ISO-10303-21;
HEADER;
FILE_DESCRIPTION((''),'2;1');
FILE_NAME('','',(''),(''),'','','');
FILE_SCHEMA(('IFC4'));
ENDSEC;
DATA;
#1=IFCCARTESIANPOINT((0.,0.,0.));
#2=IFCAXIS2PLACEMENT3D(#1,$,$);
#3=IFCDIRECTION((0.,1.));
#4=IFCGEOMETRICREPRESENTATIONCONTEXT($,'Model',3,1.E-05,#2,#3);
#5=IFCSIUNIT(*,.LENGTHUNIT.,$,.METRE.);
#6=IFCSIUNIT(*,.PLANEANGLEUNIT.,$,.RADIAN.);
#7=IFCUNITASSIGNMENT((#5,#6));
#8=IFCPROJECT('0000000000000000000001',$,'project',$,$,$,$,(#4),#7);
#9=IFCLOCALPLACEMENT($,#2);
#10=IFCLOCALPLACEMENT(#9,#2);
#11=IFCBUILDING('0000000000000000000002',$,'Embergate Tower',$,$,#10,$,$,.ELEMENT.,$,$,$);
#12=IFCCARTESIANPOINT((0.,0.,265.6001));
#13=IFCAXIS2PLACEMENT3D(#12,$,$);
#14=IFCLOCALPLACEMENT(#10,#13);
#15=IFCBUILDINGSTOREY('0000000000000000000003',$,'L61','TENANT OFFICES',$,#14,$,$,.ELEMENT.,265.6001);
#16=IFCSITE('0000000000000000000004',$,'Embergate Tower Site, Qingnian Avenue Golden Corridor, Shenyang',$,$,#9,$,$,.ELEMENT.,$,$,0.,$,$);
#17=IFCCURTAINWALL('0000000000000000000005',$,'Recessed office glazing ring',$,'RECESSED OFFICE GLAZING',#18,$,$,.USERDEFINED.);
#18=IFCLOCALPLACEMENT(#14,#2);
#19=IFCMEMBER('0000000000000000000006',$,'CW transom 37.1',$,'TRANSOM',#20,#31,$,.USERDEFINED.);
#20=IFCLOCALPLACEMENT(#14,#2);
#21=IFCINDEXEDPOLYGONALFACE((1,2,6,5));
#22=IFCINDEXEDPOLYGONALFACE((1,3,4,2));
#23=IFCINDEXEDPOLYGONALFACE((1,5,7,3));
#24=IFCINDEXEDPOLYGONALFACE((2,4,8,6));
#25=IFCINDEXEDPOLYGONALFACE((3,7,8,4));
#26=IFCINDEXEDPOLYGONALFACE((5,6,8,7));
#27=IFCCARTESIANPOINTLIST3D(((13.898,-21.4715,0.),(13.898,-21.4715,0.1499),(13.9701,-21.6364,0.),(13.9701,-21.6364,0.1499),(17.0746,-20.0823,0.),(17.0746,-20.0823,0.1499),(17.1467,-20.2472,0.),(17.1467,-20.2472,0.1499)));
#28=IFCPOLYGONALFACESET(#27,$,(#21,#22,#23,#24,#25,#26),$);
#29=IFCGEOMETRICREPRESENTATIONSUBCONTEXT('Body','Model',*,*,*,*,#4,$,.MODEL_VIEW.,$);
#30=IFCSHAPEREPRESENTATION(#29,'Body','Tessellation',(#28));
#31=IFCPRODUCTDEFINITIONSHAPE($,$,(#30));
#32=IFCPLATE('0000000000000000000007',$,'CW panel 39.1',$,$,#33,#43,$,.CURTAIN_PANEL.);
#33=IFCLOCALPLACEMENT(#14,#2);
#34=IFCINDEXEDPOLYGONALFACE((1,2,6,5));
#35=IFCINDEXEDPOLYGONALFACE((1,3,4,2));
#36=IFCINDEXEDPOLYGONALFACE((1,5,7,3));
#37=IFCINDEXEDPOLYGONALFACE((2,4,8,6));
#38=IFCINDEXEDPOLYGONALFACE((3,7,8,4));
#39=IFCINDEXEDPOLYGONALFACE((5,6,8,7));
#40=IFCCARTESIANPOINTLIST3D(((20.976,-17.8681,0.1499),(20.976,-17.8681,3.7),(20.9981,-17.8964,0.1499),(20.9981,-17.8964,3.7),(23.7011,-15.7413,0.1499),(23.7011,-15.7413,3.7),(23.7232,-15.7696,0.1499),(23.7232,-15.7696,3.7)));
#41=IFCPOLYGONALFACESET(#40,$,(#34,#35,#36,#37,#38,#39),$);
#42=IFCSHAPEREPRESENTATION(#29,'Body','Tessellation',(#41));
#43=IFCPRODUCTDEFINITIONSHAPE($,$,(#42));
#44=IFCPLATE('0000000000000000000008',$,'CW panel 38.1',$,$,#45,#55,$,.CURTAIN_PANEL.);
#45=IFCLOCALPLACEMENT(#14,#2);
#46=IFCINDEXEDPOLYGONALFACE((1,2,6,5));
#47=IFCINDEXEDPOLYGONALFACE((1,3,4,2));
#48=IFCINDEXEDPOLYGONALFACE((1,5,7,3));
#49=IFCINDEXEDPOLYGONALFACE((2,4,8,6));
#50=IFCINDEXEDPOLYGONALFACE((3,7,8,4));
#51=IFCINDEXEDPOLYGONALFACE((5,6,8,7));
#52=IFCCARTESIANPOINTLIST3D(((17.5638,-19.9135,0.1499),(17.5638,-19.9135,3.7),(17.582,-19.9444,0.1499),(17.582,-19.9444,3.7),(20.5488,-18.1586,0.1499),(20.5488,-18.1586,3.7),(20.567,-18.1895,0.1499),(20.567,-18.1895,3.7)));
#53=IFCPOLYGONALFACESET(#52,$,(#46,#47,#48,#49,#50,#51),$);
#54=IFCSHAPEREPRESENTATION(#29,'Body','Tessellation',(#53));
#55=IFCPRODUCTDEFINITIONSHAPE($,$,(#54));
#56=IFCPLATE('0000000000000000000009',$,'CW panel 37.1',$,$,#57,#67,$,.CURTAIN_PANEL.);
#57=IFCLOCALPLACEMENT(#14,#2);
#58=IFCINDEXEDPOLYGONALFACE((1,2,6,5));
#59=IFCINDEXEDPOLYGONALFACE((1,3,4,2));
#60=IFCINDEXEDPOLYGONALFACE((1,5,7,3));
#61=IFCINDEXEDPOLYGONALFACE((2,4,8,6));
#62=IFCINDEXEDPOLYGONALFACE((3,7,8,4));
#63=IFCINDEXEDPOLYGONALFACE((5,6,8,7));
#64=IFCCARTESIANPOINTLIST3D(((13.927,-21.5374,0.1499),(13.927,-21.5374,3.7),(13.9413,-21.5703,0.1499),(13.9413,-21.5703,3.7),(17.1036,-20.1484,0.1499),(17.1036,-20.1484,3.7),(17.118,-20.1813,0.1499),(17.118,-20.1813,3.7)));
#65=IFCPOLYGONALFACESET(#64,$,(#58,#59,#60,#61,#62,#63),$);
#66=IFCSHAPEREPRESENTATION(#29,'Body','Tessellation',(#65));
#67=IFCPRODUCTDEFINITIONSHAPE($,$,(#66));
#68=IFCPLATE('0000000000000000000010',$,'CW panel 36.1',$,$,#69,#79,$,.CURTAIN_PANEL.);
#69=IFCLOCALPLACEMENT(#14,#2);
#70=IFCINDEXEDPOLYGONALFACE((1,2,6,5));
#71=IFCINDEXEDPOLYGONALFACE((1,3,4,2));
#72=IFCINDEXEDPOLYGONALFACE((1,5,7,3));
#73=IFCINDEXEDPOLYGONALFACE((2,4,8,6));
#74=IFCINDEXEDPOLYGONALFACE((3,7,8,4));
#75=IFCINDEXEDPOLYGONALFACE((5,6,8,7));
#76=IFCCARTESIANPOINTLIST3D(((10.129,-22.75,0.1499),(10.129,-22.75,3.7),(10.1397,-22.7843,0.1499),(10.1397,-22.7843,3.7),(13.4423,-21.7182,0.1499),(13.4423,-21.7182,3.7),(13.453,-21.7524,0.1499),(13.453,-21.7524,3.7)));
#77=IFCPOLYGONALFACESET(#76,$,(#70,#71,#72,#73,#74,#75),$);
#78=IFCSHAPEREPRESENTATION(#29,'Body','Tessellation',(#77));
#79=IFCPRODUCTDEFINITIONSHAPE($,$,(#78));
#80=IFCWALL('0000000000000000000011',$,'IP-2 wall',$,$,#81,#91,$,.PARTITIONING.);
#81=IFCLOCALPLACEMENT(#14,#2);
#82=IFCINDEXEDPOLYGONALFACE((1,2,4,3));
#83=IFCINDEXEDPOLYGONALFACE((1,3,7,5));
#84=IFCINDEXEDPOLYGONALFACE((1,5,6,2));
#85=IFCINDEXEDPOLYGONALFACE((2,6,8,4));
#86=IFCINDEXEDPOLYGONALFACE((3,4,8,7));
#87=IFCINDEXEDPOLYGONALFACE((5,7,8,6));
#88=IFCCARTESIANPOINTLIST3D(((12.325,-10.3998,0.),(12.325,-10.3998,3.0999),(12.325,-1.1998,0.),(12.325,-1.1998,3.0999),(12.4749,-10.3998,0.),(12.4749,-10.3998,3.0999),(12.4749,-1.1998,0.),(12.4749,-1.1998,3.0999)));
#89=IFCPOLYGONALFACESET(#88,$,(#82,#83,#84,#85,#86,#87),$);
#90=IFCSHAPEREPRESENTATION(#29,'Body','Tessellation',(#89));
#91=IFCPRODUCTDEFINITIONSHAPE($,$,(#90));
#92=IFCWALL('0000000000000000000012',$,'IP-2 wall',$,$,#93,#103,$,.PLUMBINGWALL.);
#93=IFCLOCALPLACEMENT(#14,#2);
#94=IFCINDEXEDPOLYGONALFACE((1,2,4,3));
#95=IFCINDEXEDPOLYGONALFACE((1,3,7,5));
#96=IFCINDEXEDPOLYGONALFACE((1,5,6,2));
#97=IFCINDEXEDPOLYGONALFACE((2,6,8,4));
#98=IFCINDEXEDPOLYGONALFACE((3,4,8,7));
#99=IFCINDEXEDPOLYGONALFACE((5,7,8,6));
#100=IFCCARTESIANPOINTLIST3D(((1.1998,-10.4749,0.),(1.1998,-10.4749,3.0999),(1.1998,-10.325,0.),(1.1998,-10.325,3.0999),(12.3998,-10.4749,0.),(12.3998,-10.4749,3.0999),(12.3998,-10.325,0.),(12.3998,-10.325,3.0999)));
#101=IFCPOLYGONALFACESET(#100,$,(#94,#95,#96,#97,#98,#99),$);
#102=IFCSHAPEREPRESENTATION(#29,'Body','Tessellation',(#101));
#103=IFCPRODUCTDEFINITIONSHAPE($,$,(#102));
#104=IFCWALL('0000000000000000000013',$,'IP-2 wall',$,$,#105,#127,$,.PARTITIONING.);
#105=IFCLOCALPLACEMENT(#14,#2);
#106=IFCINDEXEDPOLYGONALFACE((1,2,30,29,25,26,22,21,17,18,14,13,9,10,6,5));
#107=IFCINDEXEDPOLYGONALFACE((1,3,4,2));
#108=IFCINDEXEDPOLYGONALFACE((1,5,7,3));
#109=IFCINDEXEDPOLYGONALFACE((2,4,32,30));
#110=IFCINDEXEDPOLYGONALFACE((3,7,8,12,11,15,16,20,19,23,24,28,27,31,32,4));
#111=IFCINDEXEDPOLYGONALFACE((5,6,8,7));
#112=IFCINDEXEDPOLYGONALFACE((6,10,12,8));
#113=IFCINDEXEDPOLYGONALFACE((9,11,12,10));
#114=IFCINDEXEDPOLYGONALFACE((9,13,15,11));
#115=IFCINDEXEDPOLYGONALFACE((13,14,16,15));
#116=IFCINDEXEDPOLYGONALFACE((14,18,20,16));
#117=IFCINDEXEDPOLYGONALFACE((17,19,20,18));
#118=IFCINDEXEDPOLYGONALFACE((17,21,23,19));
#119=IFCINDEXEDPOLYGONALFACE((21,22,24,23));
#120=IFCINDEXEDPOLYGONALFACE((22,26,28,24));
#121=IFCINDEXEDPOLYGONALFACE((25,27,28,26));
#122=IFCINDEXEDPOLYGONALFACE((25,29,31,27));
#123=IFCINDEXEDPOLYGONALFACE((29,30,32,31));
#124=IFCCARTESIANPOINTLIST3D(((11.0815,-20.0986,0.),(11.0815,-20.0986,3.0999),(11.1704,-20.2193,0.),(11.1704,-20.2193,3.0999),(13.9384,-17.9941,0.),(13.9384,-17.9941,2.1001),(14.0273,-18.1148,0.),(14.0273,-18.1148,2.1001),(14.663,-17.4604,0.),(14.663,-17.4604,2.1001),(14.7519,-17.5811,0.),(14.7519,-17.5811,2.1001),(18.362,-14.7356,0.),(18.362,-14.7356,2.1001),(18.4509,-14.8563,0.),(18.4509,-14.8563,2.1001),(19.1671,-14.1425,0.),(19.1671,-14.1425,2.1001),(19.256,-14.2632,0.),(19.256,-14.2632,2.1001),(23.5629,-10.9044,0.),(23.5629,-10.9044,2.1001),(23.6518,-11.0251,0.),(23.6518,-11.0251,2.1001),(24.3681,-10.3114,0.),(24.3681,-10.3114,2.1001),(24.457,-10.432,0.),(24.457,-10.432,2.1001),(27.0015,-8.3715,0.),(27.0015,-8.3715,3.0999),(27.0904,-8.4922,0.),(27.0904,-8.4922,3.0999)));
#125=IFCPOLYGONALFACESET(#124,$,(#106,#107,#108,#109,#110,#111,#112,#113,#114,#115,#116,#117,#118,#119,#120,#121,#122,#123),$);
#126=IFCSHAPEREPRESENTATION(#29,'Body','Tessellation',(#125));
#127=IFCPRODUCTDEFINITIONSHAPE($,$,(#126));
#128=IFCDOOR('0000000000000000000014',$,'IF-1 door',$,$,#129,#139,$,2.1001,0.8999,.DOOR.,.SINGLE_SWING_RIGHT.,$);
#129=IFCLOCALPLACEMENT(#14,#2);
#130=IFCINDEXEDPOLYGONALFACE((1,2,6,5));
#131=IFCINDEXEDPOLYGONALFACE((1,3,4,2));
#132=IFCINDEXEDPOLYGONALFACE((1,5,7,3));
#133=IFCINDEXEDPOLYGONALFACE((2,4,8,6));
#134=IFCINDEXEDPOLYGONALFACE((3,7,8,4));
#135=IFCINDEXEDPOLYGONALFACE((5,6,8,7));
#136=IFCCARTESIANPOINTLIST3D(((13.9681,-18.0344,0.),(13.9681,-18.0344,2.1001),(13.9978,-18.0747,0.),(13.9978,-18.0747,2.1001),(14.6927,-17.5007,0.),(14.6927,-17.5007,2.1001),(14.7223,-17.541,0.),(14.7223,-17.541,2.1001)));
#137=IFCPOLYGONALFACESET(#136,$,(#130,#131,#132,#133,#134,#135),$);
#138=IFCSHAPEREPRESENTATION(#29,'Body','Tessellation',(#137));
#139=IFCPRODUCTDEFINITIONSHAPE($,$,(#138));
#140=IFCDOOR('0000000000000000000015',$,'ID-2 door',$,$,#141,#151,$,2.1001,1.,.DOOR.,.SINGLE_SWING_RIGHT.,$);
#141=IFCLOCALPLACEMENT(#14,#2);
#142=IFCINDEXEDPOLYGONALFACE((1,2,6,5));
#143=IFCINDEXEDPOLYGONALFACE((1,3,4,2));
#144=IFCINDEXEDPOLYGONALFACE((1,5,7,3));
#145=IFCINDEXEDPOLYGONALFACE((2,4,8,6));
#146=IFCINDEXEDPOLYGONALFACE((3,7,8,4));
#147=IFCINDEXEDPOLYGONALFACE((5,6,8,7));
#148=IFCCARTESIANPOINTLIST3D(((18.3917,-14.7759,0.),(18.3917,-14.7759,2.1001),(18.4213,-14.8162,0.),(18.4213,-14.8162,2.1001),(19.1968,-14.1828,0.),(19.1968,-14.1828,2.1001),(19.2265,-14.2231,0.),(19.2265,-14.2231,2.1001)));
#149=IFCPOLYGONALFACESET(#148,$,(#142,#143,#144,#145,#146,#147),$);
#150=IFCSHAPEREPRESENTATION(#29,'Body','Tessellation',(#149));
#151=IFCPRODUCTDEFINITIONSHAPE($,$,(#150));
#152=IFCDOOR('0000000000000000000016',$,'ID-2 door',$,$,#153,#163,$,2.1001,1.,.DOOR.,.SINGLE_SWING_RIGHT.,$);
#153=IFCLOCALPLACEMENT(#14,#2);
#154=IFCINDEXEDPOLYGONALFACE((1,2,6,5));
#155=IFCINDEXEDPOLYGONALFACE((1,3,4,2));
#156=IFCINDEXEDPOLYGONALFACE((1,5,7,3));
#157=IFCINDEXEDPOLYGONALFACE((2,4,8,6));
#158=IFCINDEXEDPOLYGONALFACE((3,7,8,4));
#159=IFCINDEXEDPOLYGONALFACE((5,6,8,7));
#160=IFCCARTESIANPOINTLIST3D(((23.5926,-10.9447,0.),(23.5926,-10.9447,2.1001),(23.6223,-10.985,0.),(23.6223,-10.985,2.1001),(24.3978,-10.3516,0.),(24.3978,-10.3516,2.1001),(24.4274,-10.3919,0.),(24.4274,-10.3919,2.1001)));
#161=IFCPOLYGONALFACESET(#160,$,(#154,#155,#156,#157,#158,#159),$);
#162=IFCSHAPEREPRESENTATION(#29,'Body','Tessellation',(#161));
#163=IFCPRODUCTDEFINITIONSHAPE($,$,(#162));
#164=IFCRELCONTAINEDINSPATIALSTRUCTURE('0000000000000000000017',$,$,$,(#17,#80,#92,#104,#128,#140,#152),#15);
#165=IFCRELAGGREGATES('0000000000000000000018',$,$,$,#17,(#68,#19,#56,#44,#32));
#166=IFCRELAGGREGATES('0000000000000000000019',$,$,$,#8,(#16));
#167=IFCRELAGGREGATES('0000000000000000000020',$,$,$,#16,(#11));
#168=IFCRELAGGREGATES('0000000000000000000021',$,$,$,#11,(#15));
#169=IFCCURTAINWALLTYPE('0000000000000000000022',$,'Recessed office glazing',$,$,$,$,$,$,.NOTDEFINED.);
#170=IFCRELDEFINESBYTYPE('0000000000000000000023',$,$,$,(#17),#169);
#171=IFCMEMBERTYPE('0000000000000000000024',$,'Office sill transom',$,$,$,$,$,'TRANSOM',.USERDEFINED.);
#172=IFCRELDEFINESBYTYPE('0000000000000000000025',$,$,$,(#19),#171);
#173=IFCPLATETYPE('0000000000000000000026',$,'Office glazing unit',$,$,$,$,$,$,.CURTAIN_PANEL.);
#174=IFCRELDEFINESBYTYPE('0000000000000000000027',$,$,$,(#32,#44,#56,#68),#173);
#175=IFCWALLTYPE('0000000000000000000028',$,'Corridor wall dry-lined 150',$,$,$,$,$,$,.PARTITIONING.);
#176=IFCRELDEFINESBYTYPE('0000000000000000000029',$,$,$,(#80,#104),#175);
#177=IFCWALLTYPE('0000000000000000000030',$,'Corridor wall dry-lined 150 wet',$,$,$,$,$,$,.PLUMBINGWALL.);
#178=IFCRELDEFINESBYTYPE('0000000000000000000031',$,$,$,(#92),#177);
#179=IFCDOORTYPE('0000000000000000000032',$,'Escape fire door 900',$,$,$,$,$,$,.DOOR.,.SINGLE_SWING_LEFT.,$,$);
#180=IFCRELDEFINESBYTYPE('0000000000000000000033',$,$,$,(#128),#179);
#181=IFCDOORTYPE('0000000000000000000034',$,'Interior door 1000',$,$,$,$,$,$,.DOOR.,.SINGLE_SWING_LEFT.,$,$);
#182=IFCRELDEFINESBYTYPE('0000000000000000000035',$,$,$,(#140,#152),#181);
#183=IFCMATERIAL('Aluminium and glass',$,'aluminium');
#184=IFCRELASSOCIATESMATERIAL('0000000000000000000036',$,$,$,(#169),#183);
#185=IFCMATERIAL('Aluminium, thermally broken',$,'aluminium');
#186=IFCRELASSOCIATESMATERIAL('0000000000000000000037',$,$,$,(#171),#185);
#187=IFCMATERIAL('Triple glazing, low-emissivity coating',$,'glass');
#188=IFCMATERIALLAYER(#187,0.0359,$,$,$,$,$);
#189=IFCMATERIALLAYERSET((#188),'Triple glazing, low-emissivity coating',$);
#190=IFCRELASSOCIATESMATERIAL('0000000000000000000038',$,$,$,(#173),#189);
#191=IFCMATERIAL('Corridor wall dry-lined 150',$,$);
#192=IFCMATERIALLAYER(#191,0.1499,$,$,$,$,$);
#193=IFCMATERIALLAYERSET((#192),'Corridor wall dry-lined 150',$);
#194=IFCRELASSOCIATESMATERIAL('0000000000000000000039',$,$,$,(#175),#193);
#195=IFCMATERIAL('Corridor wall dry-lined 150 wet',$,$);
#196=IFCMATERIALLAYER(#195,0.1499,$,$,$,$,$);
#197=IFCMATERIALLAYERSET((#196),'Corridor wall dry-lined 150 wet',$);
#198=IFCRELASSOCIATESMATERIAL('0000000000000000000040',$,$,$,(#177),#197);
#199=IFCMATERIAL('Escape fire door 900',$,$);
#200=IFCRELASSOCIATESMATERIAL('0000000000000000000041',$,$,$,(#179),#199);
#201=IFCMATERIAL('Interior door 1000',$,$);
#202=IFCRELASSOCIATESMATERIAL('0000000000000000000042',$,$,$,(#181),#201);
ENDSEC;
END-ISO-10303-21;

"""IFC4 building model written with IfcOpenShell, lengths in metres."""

from ifc_helpers import new_model, si_unit, direction, frame, frame_2d, origin, origin_2d, place, context, subcontext, project, spatial, rectangle, extrude, source, transform, mapped, material, layer, layer_set, material_profile, profile_set, type_object, element, fill, aggregate, save


model = new_model("IFC4")

# Units and contexts
model_context = context("Model", 3, precision=1e-05, world=origin(), true_north=direction((0.0, 1.0)))
body_context = subcontext(model_context, "Body", "Model", "MODEL_VIEW")
ifc_project = project(units=[si_unit("LENGTHUNIT", "METRE"), si_unit("PLANEANGLEUNIT", "RADIAN")], contexts=[model_context])

# Site, building, storey
site_placement = place(None, origin())
site = spatial("IfcSite", under=ifc_project, at=site_placement, Name="Embergate Tower Site, Qingnian Avenue Golden Corridor, Shenyang", CompositionType="ELEMENT", RefElevation=0.0)
building_placement = place(site_placement, origin())
building = spatial("IfcBuilding", under=site, at=building_placement, Name="Embergate Tower", CompositionType="ELEMENT")
storey_placement = place(building_placement, frame((0.0, 0.0, 265.6001)))
storey = spatial("IfcBuildingStorey", under=building, at=storey_placement, Name="L61", Description="TENANT OFFICES", CompositionType="ELEMENT", Elevation=265.6001)

# Curtain wall, member, plates
ifc_material_1 = material(Name="Aluminium and glass", Category="aluminium")
curtain_wall_type = type_object("IfcCurtainWallType", Name="Recessed office glazing", PredefinedType="NOTDEFINED", material=ifc_material_1)
curtain_wall_placement = place(storey_placement, origin())
curtain_wall = element("IfcCurtainWall", 1, at=curtain_wall_placement, inside=storey, type_object=curtain_wall_type, Name="Recessed office glazing ring", ObjectType="RECESSED OFFICE GLAZING", PredefinedType="USERDEFINED")
ifc_material_2 = material(Name="Aluminium, thermally broken", Category="aluminium")
ifc_material_profile_1 = material_profile(ifc_material_2, rectangle(XDim=0.1799, YDim=0.1499, at=origin_2d()), Name="AL 150x180")
ifc_profile_set_1 = profile_set([ifc_material_profile_1], Name="Aluminium, thermally broken")
member_type_1 = type_object("IfcMemberType", Name="Office sill transom", ElementType="TRANSOM", PredefinedType="USERDEFINED", material=ifc_profile_set_1)
shared_shape_1 = source(origin(), body_context, "Body", "SweptSolid", [
    extrude(rectangle(XDim=0.1799, YDim=0.1499, at=origin_2d()), origin(), (0.0, 0.0, 1.0), 3.467),
])
member_1_placement = place(storey_placement, frame((13.9341, -21.554, 0.075), z_axis=(0.916217, 0.400682, 0.0), x_axis=(-0.400682, 0.916217, 0.0)))
member_1 = element("IfcMember", 2, at=member_1_placement, type_object=member_type_1, Name="CW transom 37.1", ObjectType="TRANSOM", PredefinedType="USERDEFINED", context=body_context, shape_type="MappedRepresentation", body=[
    mapped(shared_shape_1, transform((0.0, 0.0, 0.0))),
])
ifc_material_3 = material(Name="Triple glazing, low-emissivity coating", Category="glass")
ifc_layer_1 = layer(ifc_material_3, 0.0359)
ifc_layer_set_1 = layer_set([ifc_layer_1], Name="Triple glazing, low-emissivity coating")
plate_type = type_object("IfcPlateType", Name="Office glazing unit", PredefinedType="CURTAIN_PANEL", material=ifc_layer_set_1)
shared_shape_2 = source(origin(), body_context, "Body", "SweptSolid", [
    extrude(rectangle(XDim=3.4568, YDim=0.0359, at=origin_2d()), origin(), (0.0, 0.0, 1.0), 3.55),
])
plate_1_placement = place(storey_placement, frame((22.3496, -16.8188, 0.1499), z_axis=(0.0, 0.0, 1.0), x_axis=(0.788323, 0.615261, 0.0)))
plate_1 = element("IfcPlate", 3, at=plate_1_placement, type_object=plate_type, Name="CW panel 39.1", PredefinedType="CURTAIN_PANEL", context=body_context, shape_type="MappedRepresentation", body=[
    mapped(shared_shape_2, transform((0.0, 0.0, 0.0))),
])
shared_shape_3 = source(origin(), body_context, "Body", "SweptSolid", [
    extrude(rectangle(XDim=3.4626, YDim=0.0359, at=origin_2d()), origin(), (0.0, 0.0, 1.0), 3.55),
])
plate_2_placement = place(storey_placement, frame((19.0654, -19.0515, 0.1499), z_axis=(0.0, 0.0, 1.0), x_axis=(0.862055, 0.506815, 0.0)))
plate_2 = element("IfcPlate", 4, at=plate_2_placement, type_object=plate_type, Name="CW panel 38.1", PredefinedType="CURTAIN_PANEL", context=body_context, shape_type="MappedRepresentation", body=[
    mapped(shared_shape_3, transform((0.0, 0.0, 0.0))),
])
shared_shape_4 = source(origin(), body_context, "Body", "SweptSolid", [
    extrude(rectangle(XDim=3.467, YDim=0.0359, at=origin_2d()), origin(), (0.0, 0.0, 1.0), 3.55),
])
plate_3_placement = place(storey_placement, frame((15.5225, -20.8594, 0.1499), z_axis=(0.0, 0.0, 1.0), x_axis=(0.916238, 0.400635, 0.0)))
plate_3 = element("IfcPlate", 5, at=plate_3_placement, type_object=plate_type, Name="CW panel 37.1", PredefinedType="CURTAIN_PANEL", context=body_context, shape_type="MappedRepresentation", body=[
    mapped(shared_shape_4, transform((0.0, 0.0, 0.0))),
])
shared_shape_5 = source(origin(), body_context, "Body", "SweptSolid", [
    extrude(rectangle(XDim=3.4702, YDim=0.0359, at=origin_2d()), origin(), (0.0, 0.0, 1.0), 3.55),
])
plate_4_placement = place(storey_placement, frame((11.791, -22.2512, 0.1499), z_axis=(0.0, 0.0, 1.0), x_axis=(0.954773, 0.297337, 0.0)))
plate_4 = element("IfcPlate", 6, at=plate_4_placement, type_object=plate_type, Name="CW panel 36.1", PredefinedType="CURTAIN_PANEL", context=body_context, shape_type="MappedRepresentation", body=[
    mapped(shared_shape_5, transform((0.0, 0.0, 0.0))),
])
aggregate(curtain_wall, [plate_4, member_1, plate_3, plate_2, plate_1])

# Walls
ifc_material_4 = material(Name="Corridor wall dry-lined 150")
ifc_layer_2 = layer(ifc_material_4, 0.1499)
ifc_layer_set_2 = layer_set([ifc_layer_2], Name="Corridor wall dry-lined 150")
wall_type_1 = type_object("IfcWallType", Name="Corridor wall dry-lined 150", PredefinedType="PARTITIONING", material=ifc_layer_set_2)
shared_shape_6 = source(origin(), body_context, "Body", "SweptSolid", [
    extrude(rectangle(XDim=9.2, YDim=0.1499, at=frame_2d((4.6001, 0.0))), origin(), (0.0, 0.0, 1.0), 3.0999),
])
wall_1_placement = place(storey_placement, frame((12.3999, -10.3999, 0.0), z_axis=(0.0, 0.0, 1.0), x_axis=(0.0, 1.0, 0.0)))
element("IfcWall", 7, at=wall_1_placement, inside=storey, type_object=wall_type_1, Name="IP-2 wall", PredefinedType="PARTITIONING", context=body_context, shape_type="MappedRepresentation", body=[
    mapped(shared_shape_6, transform((0.0, 0.0, 0.0))),
])
ifc_material_5 = material(Name="Corridor wall dry-lined 150 wet")
ifc_layer_3 = layer(ifc_material_5, 0.1499)
ifc_layer_set_3 = layer_set([ifc_layer_3], Name="Corridor wall dry-lined 150 wet")
wall_type_2 = type_object("IfcWallType", Name="Corridor wall dry-lined 150 wet", PredefinedType="PLUMBINGWALL", material=ifc_layer_set_3)
shared_shape_7 = source(origin(), body_context, "Body", "SweptSolid", [
    extrude(rectangle(XDim=11.2, YDim=0.1499, at=frame_2d((5.6001, 0.0))), origin(), (0.0, 0.0, 1.0), 3.0999),
])
wall_2_placement = place(storey_placement, frame((12.3999, -10.3999, 0.0), z_axis=(0.0, 0.0, 1.0), x_axis=(-1.0, 0.0, 0.0)))
element("IfcWall", 8, at=wall_2_placement, inside=storey, type_object=wall_type_2, Name="IP-2 wall", PredefinedType="PLUMBINGWALL", context=body_context, shape_type="MappedRepresentation", body=[
    mapped(shared_shape_7, transform((0.0, 0.0, 0.0))),
])

# Wall, openings, doors
shared_shape_8 = source(origin(), body_context, "Body", "SweptSolid", [
    extrude(rectangle(XDim=19.7729, YDim=0.1499, at=frame_2d((9.8865, 0.0))), origin(), (0.0, 0.0, 1.0), 3.0999),
])
wall_3_placement = place(storey_placement, frame((11.126, -20.1589, 0.0), z_axis=(0.0, 0.0, 1.0), x_axis=(0.805138, 0.593087, 0.0)))
wall_3 = element("IfcWall", 9, at=wall_3_placement, inside=storey, type_object=wall_type_1, Name="IP-2 wall", PredefinedType="PARTITIONING", context=body_context, shape_type="MappedRepresentation", body=[
    mapped(shared_shape_8, transform((0.0, 0.0, 0.0))),
])
shared_shape_9 = source(origin(), body_context, "Body", "SweptSolid", [
    extrude(rectangle(XDim=0.8999, YDim=2.1001, at=frame_2d((0.45, 1.05))), frame((0.0, 0.085, 0.0), z_axis=(0.0, -1.0, 0.0), x_axis=(1.0, 0.0, 0.0)), (0.0, 0.0, 1.0), 0.1699),
])
opening_1_placement = place(wall_3_placement, frame((3.5483, 0.0, 0.0)))
opening_1 = element("IfcOpeningElement", 10, at=opening_1_placement, cuts=wall_3, PredefinedType="OPENING", context=body_context, shape_type="MappedRepresentation", body=[
    mapped(shared_shape_9, transform((0.0, 0.0, 0.0))),
])
shared_shape_10 = source(origin(), body_context, "Body", "SweptSolid", [
    extrude(rectangle(XDim=1.0, YDim=2.1001, at=frame_2d((0.5, 1.05))), frame((0.0, 0.085, 0.0), z_axis=(0.0, -1.0, 0.0), x_axis=(1.0, 0.0, 0.0)), (0.0, 0.0, 1.0), 0.1699),
])
opening_2_placement = place(wall_3_placement, frame((9.0425, 0.0, 0.0)))
opening_2 = element("IfcOpeningElement", 11, at=opening_2_placement, cuts=wall_3, PredefinedType="OPENING", context=body_context, shape_type="MappedRepresentation", body=[
    mapped(shared_shape_10, transform((0.0, 0.0, 0.0))),
])
opening_3_placement = place(wall_3_placement, frame((15.5022, 0.0, 0.0)))
opening_3 = element("IfcOpeningElement", 12, at=opening_3_placement, cuts=wall_3, PredefinedType="OPENING", context=body_context, shape_type="MappedRepresentation", body=[
    mapped(shared_shape_10, transform((0.0, 0.0, 0.0))),
])
ifc_material_6 = material(Name="Escape fire door 900")
door_type_1 = type_object("IfcDoorType", Name="Escape fire door 900", OperationType="SINGLE_SWING_LEFT", PredefinedType="DOOR", material=ifc_material_6)
shared_shape_11 = source(origin(), body_context, "Body", "SweptSolid", [
    extrude(rectangle(XDim=0.8999, YDim=2.1001, at=frame_2d((0.45, 1.05))), frame((0.0, 0.0249, 0.0), z_axis=(0.0, -1.0, 0.0), x_axis=(1.0, 0.0, 0.0)), (0.0, 0.0, 1.0), 0.05),
])
door_1_placement = place(opening_1_placement, origin())
door_1 = element("IfcDoor", 13, at=door_1_placement, inside=storey, type_object=door_type_1, Name="IF-1 door", OperationType="SINGLE_SWING_RIGHT", OverallHeight=2.1001, OverallWidth=0.8999, PredefinedType="DOOR", context=body_context, shape_type="MappedRepresentation", body=[
    mapped(shared_shape_11, transform((0.0, 0.0, 0.0))),
])
fill(opening_1, door_1)
ifc_material_7 = material(Name="Interior door 1000")
door_type_2 = type_object("IfcDoorType", Name="Interior door 1000", OperationType="SINGLE_SWING_LEFT", PredefinedType="DOOR", material=ifc_material_7)
shared_shape_12 = source(origin(), body_context, "Body", "SweptSolid", [
    extrude(rectangle(XDim=1.0, YDim=2.1001, at=frame_2d((0.5, 1.05))), frame((0.0, 0.0249, 0.0), z_axis=(0.0, -1.0, 0.0), x_axis=(1.0, 0.0, 0.0)), (0.0, 0.0, 1.0), 0.05),
])
door_2_placement = place(opening_2_placement, origin())
door_2 = element("IfcDoor", 14, at=door_2_placement, inside=storey, type_object=door_type_2, Name="ID-2 door", OperationType="SINGLE_SWING_RIGHT", OverallHeight=2.1001, OverallWidth=1.0, PredefinedType="DOOR", context=body_context, shape_type="MappedRepresentation", body=[
    mapped(shared_shape_12, transform((0.0, 0.0, 0.0))),
])
fill(opening_2, door_2)
door_3_placement = place(opening_3_placement, origin())
door_3 = element("IfcDoor", 15, at=door_3_placement, inside=storey, type_object=door_type_2, Name="ID-2 door", OperationType="SINGLE_SWING_RIGHT", OverallHeight=2.1001, OverallWidth=1.0, PredefinedType="DOOR", context=body_context, shape_type="MappedRepresentation", body=[
    mapped(shared_shape_12, transform((0.0, 0.0, 0.0))),
])
fill(opening_3, door_3)

save(model, "model.ifc")
